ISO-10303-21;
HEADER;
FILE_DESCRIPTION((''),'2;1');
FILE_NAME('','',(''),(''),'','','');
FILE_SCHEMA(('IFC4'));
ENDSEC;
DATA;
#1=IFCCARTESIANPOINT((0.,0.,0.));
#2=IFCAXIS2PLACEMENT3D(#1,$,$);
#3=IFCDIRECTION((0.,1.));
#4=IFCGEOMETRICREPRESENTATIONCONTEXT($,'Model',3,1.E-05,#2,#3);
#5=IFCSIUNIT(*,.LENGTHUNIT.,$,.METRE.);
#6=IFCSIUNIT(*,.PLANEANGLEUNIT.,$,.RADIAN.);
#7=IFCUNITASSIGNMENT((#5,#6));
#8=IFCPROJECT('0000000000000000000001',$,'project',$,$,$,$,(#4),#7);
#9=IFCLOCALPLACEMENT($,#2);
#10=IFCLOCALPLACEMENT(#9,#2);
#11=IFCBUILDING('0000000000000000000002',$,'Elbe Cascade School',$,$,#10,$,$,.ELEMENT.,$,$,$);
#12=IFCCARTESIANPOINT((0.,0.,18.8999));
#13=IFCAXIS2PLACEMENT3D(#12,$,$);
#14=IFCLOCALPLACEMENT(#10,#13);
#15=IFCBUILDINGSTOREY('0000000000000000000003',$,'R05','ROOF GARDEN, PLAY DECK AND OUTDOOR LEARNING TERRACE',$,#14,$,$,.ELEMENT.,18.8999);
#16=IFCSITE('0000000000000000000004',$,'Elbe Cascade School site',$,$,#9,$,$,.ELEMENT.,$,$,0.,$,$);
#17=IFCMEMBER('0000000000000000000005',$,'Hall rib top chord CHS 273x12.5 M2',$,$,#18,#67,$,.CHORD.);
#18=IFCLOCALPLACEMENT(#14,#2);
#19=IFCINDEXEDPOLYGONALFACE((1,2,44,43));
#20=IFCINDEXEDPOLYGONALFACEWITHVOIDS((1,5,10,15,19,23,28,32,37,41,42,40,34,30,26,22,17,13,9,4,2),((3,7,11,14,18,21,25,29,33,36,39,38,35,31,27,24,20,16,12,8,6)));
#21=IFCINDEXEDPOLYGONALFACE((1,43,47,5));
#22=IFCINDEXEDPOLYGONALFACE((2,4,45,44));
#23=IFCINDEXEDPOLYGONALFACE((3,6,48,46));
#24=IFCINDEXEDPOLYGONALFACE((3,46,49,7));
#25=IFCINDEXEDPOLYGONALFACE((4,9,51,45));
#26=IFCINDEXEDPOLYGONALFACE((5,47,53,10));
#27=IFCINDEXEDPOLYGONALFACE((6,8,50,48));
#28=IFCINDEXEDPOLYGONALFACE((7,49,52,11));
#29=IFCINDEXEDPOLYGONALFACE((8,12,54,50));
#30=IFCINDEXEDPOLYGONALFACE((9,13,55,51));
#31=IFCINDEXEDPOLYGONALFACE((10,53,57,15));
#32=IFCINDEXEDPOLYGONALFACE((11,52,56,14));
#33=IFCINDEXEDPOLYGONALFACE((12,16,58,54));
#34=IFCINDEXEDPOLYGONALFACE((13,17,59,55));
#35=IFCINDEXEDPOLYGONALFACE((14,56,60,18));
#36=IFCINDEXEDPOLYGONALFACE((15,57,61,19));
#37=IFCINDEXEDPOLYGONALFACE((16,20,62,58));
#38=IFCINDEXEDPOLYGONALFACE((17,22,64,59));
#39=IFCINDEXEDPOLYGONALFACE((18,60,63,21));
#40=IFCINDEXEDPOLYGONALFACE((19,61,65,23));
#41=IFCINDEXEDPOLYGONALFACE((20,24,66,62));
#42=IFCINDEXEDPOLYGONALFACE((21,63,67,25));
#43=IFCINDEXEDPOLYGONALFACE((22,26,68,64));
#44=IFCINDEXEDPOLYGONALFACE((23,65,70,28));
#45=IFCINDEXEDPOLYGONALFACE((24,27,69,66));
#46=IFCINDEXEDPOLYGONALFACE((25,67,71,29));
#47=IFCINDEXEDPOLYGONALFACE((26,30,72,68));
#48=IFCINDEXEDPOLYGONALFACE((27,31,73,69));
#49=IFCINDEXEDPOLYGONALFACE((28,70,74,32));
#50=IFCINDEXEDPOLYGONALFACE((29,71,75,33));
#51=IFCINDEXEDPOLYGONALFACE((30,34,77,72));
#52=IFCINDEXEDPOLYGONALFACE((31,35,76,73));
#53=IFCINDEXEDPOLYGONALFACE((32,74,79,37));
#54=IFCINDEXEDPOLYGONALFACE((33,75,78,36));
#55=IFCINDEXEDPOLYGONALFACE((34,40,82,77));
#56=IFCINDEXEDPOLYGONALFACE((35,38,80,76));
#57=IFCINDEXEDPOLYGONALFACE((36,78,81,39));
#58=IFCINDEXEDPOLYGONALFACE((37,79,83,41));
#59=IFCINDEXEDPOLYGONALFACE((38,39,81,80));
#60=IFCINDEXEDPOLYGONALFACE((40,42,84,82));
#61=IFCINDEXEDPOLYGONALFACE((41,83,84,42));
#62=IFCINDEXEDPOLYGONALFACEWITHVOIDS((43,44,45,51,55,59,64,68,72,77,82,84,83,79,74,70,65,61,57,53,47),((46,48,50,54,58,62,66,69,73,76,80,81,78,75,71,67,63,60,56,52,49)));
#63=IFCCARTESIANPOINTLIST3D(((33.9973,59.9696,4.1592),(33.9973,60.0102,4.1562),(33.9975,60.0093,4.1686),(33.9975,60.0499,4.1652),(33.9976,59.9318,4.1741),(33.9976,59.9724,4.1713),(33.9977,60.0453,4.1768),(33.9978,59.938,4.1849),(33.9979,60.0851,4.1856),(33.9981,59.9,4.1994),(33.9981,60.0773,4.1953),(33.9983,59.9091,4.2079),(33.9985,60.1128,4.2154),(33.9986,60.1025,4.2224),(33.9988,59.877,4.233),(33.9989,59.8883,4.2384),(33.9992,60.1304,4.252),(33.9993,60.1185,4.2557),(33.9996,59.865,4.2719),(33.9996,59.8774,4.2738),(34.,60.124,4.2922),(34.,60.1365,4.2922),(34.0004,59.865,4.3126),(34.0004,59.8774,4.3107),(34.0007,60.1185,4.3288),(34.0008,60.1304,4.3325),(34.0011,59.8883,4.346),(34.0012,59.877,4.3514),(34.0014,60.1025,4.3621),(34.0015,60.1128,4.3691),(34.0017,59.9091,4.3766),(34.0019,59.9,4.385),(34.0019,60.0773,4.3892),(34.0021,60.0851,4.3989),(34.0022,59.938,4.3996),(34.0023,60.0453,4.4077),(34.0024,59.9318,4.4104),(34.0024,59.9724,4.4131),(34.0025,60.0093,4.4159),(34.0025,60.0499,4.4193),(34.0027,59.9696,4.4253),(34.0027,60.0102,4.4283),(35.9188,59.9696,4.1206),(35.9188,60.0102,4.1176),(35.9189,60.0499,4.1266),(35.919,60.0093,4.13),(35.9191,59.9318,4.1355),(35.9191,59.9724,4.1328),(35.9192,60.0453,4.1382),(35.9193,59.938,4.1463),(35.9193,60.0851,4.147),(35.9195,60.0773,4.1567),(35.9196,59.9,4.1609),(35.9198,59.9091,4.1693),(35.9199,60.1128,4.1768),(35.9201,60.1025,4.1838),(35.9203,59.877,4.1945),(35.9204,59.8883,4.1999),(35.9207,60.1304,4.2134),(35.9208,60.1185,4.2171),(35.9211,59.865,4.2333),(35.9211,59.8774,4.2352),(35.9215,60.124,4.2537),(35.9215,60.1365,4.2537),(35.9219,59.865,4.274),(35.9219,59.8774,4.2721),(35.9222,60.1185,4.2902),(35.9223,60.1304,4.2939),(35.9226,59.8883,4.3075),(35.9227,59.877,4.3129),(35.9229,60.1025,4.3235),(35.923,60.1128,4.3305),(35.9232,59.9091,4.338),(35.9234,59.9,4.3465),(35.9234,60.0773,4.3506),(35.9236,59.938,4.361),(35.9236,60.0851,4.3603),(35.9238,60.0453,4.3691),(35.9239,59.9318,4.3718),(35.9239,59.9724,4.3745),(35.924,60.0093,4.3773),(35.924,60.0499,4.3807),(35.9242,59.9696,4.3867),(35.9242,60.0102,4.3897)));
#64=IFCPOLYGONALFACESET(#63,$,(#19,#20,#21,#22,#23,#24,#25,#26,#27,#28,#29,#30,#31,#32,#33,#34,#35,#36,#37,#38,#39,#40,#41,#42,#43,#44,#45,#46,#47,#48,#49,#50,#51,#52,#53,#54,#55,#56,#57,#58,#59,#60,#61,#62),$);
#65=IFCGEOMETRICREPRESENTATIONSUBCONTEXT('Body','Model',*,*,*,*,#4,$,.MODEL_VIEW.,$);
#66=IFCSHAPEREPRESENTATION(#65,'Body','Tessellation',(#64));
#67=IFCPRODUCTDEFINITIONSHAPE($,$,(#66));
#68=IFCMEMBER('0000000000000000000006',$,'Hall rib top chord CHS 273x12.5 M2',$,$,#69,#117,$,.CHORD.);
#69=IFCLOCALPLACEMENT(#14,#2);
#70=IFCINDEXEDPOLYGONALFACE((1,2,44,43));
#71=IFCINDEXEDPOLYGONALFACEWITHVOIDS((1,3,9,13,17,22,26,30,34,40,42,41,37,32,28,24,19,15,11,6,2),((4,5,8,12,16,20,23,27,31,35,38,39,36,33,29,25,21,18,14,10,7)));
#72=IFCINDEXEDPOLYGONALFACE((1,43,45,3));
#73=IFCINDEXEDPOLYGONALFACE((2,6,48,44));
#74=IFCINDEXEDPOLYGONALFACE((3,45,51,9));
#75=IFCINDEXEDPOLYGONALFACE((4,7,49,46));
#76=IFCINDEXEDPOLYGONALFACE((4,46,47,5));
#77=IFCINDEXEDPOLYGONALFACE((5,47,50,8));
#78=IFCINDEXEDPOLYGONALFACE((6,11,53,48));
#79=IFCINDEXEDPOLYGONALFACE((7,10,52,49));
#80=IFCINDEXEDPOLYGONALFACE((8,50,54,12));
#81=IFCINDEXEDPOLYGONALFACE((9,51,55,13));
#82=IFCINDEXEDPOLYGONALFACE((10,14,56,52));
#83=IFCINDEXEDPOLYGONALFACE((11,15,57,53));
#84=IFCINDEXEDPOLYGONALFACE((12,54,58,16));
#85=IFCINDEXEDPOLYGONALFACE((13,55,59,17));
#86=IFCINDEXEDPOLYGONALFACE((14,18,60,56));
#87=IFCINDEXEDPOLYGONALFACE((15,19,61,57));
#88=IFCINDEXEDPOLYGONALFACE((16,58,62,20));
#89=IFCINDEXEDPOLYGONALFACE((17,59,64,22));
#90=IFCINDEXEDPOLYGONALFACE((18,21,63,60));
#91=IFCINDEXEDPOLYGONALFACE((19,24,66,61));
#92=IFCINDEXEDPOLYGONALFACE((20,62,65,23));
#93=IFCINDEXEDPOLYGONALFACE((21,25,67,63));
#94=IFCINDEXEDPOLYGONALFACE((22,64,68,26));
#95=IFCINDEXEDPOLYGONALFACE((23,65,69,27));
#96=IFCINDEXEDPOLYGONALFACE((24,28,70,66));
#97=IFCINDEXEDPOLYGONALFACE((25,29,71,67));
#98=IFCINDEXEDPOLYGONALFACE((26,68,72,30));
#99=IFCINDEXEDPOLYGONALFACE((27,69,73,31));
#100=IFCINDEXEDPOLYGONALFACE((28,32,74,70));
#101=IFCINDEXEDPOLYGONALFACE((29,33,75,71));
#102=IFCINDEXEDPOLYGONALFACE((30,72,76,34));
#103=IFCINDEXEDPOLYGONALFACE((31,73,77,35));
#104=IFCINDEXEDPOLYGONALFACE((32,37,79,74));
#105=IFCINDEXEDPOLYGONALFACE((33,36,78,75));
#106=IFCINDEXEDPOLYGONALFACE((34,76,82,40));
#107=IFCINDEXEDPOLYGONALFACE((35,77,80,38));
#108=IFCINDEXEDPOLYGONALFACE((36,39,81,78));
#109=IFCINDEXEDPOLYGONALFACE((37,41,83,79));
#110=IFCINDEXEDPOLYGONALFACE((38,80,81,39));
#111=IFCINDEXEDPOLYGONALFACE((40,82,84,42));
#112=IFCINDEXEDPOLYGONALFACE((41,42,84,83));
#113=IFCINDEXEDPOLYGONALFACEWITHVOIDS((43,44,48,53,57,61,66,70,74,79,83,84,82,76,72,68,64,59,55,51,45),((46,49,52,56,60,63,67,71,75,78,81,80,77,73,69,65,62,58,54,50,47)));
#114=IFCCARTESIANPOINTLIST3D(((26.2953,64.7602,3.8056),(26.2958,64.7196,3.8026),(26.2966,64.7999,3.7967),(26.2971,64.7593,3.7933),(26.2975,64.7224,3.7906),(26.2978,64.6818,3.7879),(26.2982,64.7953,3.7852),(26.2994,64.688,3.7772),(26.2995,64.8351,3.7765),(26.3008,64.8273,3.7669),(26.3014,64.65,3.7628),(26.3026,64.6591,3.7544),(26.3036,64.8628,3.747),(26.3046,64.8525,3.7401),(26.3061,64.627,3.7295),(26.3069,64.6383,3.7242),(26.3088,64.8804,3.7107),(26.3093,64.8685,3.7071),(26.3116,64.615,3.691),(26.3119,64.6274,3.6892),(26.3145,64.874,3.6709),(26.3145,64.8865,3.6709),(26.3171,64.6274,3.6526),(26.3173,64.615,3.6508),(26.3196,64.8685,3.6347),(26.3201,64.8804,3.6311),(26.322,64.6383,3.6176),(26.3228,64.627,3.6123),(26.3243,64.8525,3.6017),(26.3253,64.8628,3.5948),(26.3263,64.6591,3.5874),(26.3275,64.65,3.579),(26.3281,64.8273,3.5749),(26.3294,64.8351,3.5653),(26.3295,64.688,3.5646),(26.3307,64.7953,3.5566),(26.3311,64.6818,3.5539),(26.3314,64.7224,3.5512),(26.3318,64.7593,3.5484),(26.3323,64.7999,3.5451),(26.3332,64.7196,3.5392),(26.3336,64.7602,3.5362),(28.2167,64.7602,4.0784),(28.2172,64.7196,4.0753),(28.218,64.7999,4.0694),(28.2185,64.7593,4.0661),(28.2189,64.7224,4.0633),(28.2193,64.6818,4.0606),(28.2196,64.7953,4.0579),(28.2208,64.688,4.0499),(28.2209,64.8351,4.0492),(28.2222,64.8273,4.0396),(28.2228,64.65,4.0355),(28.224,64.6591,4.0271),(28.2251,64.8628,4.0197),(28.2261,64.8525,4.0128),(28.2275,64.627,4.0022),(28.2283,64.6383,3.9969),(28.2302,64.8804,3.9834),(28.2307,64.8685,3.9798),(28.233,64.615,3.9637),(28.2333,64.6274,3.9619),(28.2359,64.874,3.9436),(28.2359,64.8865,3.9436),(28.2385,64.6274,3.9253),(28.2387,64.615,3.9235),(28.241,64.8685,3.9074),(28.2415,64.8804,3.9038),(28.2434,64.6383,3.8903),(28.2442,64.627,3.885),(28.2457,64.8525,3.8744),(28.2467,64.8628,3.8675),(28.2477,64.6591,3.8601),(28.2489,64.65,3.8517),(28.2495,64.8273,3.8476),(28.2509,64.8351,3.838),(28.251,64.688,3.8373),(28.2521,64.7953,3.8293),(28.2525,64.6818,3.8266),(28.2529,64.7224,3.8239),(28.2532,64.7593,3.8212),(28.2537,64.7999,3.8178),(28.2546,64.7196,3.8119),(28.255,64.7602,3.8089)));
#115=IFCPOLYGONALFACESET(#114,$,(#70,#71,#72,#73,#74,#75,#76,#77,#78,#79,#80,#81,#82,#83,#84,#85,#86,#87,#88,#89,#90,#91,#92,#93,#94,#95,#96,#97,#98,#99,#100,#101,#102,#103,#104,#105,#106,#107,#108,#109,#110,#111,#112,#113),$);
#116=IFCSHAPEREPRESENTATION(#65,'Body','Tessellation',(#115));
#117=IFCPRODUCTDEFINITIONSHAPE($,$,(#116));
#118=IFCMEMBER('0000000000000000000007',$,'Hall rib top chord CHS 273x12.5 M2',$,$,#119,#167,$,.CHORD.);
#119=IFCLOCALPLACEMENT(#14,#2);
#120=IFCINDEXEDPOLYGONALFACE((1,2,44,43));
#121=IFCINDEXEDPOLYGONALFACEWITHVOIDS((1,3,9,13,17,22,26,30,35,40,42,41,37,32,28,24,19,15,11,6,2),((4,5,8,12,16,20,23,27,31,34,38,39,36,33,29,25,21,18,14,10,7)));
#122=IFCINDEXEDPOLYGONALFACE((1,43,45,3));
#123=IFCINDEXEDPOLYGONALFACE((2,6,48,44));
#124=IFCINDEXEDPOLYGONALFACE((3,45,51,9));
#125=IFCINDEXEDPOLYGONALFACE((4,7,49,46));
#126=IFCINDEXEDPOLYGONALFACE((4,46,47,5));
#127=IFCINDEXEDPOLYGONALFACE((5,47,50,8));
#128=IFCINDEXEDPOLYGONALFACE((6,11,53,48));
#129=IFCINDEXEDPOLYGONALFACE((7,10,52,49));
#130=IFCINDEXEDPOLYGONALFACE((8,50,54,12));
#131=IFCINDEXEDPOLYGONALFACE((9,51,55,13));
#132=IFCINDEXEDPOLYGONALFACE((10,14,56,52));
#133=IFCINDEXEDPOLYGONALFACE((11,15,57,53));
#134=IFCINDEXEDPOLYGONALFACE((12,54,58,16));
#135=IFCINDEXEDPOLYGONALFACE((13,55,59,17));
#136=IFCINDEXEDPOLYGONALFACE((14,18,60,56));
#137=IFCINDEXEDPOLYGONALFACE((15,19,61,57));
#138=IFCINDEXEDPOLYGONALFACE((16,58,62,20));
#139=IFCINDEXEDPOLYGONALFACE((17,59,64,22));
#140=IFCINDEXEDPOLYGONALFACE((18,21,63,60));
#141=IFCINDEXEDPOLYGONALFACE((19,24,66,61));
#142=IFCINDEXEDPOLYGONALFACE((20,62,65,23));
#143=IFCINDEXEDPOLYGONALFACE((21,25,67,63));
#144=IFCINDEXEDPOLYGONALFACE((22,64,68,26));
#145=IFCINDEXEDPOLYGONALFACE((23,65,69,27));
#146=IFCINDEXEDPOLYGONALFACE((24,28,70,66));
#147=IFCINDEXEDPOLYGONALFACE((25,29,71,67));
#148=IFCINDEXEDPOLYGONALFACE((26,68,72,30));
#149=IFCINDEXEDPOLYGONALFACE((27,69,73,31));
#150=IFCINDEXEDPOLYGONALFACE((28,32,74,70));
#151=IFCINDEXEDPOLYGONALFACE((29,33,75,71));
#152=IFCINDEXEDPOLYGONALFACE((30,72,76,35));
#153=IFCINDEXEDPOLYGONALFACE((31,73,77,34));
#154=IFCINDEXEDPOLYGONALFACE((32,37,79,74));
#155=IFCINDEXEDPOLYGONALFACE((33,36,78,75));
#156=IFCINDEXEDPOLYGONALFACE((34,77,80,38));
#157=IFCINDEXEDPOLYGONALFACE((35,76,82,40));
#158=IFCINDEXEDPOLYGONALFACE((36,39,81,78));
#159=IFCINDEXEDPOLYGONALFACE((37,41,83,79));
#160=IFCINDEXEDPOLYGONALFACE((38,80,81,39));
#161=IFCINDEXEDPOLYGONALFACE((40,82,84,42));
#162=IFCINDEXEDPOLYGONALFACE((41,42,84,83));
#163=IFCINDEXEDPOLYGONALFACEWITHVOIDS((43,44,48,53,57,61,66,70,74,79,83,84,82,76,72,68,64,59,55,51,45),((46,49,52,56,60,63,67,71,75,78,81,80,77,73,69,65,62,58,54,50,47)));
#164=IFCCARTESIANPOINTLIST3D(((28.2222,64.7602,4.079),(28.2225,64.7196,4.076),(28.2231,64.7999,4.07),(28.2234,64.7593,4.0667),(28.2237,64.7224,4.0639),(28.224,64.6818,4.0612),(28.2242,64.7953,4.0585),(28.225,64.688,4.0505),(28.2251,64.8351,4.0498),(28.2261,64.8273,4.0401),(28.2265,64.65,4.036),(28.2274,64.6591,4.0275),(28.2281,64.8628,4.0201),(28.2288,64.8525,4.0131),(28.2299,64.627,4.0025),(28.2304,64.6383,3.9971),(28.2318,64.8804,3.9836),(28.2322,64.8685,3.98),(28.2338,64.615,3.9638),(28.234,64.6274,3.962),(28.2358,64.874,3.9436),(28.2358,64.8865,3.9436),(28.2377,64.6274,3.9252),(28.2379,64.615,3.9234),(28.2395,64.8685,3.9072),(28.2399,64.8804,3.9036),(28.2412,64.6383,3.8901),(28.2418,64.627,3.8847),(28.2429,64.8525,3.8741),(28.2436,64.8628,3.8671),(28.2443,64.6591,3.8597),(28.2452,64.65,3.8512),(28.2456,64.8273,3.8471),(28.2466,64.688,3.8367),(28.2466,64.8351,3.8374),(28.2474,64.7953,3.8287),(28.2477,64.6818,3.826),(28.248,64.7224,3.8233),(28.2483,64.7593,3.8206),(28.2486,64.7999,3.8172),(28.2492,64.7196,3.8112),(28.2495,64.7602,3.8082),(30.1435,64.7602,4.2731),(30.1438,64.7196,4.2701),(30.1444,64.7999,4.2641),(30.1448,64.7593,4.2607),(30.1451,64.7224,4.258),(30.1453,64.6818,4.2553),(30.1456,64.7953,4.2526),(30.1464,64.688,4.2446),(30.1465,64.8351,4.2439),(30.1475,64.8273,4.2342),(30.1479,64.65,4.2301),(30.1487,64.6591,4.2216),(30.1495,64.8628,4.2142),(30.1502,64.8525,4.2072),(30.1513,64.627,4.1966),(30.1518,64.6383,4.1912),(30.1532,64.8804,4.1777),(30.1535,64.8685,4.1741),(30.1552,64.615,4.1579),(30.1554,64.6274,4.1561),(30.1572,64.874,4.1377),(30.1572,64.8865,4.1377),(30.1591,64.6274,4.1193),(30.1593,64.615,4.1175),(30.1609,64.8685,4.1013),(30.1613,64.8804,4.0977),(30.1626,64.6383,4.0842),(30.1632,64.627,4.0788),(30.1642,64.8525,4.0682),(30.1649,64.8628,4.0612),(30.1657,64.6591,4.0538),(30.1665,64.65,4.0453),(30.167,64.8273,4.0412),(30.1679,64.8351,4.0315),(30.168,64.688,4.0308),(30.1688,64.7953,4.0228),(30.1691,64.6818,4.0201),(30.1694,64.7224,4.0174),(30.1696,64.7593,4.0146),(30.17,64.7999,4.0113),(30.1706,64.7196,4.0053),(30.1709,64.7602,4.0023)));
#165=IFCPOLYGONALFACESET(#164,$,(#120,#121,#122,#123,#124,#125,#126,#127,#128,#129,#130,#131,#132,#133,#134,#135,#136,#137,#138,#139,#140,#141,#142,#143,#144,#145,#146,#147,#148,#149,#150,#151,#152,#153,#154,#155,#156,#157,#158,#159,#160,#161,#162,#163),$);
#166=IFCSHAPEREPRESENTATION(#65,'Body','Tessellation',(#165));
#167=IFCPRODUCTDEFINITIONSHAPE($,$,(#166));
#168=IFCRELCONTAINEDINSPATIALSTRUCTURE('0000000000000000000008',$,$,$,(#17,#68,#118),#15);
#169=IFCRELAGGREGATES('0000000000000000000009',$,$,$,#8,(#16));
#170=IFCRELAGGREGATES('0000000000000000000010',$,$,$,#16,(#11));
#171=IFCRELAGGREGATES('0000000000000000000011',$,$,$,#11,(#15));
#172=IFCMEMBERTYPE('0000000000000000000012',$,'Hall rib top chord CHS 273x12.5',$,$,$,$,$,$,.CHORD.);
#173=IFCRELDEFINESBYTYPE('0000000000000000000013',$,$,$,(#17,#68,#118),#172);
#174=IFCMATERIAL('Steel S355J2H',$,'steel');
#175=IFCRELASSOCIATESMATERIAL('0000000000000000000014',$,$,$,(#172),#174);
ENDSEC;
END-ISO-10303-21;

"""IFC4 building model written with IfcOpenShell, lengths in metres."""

from ifc_helpers import new_model, si_unit, direction, frame, origin, origin_2d, place, context, subcontext, project, spatial, hollow_circle, extrude, material, material_profile, profile_set, type_object, element, save


model = new_model("IFC4")

# Units and contexts
model_context = context("Model", 3, precision=1e-05, world=origin(), true_north=direction((0.0, 1.0)))
body_context = subcontext(model_context, "Body", "Model", "MODEL_VIEW")
ifc_project = project(units=[si_unit("LENGTHUNIT", "METRE"), si_unit("PLANEANGLEUNIT", "RADIAN")], contexts=[model_context])

# Site, building, storey
site_placement = place(None, origin())
site = spatial("IfcSite", under=ifc_project, at=site_placement, Name="Elbe Cascade School site", CompositionType="ELEMENT", RefElevation=0.0)
building_placement = place(site_placement, origin())
building = spatial("IfcBuilding", under=site, at=building_placement, Name="Elbe Cascade School", CompositionType="ELEMENT")
storey_placement = place(building_placement, frame((0.0, 0.0, 18.8999)))
storey = spatial("IfcBuildingStorey", under=building, at=storey_placement, Name="R05", Description="ROOF GARDEN, PLAY DECK AND OUTDOOR LEARNING TERRACE", CompositionType="ELEMENT", Elevation=18.8999)

# Members
ifc_material_1 = material(Name="Steel S355J2H", Category="steel")
ifc_material_profile_1 = material_profile(ifc_material_1, hollow_circle(Radius=0.1365, WallThickness=0.0125, at=origin_2d()), Name="CHS 273x12.5")
ifc_profile_set_1 = profile_set([ifc_material_profile_1], Name="Steel S355J2H")
member_type_1 = type_object("IfcMemberType", Name="Hall rib top chord CHS 273x12.5", PredefinedType="CHORD", material=ifc_profile_set_1)
for number, where, z_axis, x_axis, name in (
    (1, (34.0, 60.0, 4.2922), (0.999799, 0.0, -0.020072), (0.0, 1.0, 0.0), "Hall rib top chord CHS 273x12.5 M2"),
):
    element("IfcMember", number, at=place(storey_placement, frame(where, z_axis=z_axis, x_axis=x_axis)), inside=storey, type_object=member_type_1, Name=name, PredefinedType="CHORD", context=body_context, shape_type="SweptSolid", body=[
        extrude(hollow_circle(Radius=0.1365, WallThickness=0.0125, at=origin_2d()), origin(), (0.0, 0.0, 1.0), 1.9219),
    ])
member_1_placement = place(storey_placement, frame((26.3145, 64.75, 3.6709), z_axis=(0.990077, 0.0, 0.140523), x_axis=(0.0, 1.0, 0.0)))
element("IfcMember", 2, at=member_1_placement, inside=storey, type_object=member_type_1, Name="Hall rib top chord CHS 273x12.5 M2", PredefinedType="CHORD", context=body_context, shape_type="SweptSolid", body=[
    extrude(hollow_circle(Radius=0.1365, WallThickness=0.0125, at=origin_2d()), origin(), (0.0, 0.0, 1.0), 1.9407),
])
member_2_placement = place(storey_placement, frame((28.2358, 64.75, 3.9436), z_axis=(0.994937, 0.0, 0.100505), x_axis=(0.0, 1.0, 0.0)))
element("IfcMember", 3, at=member_2_placement, inside=storey, type_object=member_type_1, Name="Hall rib top chord CHS 273x12.5 M2", PredefinedType="CHORD", context=body_context, shape_type="SweptSolid", body=[
    extrude(hollow_circle(Radius=0.1365, WallThickness=0.0125, at=origin_2d()), origin(), (0.0, 0.0, 1.0), 1.9312),
])

save(model, "model.ifc")
